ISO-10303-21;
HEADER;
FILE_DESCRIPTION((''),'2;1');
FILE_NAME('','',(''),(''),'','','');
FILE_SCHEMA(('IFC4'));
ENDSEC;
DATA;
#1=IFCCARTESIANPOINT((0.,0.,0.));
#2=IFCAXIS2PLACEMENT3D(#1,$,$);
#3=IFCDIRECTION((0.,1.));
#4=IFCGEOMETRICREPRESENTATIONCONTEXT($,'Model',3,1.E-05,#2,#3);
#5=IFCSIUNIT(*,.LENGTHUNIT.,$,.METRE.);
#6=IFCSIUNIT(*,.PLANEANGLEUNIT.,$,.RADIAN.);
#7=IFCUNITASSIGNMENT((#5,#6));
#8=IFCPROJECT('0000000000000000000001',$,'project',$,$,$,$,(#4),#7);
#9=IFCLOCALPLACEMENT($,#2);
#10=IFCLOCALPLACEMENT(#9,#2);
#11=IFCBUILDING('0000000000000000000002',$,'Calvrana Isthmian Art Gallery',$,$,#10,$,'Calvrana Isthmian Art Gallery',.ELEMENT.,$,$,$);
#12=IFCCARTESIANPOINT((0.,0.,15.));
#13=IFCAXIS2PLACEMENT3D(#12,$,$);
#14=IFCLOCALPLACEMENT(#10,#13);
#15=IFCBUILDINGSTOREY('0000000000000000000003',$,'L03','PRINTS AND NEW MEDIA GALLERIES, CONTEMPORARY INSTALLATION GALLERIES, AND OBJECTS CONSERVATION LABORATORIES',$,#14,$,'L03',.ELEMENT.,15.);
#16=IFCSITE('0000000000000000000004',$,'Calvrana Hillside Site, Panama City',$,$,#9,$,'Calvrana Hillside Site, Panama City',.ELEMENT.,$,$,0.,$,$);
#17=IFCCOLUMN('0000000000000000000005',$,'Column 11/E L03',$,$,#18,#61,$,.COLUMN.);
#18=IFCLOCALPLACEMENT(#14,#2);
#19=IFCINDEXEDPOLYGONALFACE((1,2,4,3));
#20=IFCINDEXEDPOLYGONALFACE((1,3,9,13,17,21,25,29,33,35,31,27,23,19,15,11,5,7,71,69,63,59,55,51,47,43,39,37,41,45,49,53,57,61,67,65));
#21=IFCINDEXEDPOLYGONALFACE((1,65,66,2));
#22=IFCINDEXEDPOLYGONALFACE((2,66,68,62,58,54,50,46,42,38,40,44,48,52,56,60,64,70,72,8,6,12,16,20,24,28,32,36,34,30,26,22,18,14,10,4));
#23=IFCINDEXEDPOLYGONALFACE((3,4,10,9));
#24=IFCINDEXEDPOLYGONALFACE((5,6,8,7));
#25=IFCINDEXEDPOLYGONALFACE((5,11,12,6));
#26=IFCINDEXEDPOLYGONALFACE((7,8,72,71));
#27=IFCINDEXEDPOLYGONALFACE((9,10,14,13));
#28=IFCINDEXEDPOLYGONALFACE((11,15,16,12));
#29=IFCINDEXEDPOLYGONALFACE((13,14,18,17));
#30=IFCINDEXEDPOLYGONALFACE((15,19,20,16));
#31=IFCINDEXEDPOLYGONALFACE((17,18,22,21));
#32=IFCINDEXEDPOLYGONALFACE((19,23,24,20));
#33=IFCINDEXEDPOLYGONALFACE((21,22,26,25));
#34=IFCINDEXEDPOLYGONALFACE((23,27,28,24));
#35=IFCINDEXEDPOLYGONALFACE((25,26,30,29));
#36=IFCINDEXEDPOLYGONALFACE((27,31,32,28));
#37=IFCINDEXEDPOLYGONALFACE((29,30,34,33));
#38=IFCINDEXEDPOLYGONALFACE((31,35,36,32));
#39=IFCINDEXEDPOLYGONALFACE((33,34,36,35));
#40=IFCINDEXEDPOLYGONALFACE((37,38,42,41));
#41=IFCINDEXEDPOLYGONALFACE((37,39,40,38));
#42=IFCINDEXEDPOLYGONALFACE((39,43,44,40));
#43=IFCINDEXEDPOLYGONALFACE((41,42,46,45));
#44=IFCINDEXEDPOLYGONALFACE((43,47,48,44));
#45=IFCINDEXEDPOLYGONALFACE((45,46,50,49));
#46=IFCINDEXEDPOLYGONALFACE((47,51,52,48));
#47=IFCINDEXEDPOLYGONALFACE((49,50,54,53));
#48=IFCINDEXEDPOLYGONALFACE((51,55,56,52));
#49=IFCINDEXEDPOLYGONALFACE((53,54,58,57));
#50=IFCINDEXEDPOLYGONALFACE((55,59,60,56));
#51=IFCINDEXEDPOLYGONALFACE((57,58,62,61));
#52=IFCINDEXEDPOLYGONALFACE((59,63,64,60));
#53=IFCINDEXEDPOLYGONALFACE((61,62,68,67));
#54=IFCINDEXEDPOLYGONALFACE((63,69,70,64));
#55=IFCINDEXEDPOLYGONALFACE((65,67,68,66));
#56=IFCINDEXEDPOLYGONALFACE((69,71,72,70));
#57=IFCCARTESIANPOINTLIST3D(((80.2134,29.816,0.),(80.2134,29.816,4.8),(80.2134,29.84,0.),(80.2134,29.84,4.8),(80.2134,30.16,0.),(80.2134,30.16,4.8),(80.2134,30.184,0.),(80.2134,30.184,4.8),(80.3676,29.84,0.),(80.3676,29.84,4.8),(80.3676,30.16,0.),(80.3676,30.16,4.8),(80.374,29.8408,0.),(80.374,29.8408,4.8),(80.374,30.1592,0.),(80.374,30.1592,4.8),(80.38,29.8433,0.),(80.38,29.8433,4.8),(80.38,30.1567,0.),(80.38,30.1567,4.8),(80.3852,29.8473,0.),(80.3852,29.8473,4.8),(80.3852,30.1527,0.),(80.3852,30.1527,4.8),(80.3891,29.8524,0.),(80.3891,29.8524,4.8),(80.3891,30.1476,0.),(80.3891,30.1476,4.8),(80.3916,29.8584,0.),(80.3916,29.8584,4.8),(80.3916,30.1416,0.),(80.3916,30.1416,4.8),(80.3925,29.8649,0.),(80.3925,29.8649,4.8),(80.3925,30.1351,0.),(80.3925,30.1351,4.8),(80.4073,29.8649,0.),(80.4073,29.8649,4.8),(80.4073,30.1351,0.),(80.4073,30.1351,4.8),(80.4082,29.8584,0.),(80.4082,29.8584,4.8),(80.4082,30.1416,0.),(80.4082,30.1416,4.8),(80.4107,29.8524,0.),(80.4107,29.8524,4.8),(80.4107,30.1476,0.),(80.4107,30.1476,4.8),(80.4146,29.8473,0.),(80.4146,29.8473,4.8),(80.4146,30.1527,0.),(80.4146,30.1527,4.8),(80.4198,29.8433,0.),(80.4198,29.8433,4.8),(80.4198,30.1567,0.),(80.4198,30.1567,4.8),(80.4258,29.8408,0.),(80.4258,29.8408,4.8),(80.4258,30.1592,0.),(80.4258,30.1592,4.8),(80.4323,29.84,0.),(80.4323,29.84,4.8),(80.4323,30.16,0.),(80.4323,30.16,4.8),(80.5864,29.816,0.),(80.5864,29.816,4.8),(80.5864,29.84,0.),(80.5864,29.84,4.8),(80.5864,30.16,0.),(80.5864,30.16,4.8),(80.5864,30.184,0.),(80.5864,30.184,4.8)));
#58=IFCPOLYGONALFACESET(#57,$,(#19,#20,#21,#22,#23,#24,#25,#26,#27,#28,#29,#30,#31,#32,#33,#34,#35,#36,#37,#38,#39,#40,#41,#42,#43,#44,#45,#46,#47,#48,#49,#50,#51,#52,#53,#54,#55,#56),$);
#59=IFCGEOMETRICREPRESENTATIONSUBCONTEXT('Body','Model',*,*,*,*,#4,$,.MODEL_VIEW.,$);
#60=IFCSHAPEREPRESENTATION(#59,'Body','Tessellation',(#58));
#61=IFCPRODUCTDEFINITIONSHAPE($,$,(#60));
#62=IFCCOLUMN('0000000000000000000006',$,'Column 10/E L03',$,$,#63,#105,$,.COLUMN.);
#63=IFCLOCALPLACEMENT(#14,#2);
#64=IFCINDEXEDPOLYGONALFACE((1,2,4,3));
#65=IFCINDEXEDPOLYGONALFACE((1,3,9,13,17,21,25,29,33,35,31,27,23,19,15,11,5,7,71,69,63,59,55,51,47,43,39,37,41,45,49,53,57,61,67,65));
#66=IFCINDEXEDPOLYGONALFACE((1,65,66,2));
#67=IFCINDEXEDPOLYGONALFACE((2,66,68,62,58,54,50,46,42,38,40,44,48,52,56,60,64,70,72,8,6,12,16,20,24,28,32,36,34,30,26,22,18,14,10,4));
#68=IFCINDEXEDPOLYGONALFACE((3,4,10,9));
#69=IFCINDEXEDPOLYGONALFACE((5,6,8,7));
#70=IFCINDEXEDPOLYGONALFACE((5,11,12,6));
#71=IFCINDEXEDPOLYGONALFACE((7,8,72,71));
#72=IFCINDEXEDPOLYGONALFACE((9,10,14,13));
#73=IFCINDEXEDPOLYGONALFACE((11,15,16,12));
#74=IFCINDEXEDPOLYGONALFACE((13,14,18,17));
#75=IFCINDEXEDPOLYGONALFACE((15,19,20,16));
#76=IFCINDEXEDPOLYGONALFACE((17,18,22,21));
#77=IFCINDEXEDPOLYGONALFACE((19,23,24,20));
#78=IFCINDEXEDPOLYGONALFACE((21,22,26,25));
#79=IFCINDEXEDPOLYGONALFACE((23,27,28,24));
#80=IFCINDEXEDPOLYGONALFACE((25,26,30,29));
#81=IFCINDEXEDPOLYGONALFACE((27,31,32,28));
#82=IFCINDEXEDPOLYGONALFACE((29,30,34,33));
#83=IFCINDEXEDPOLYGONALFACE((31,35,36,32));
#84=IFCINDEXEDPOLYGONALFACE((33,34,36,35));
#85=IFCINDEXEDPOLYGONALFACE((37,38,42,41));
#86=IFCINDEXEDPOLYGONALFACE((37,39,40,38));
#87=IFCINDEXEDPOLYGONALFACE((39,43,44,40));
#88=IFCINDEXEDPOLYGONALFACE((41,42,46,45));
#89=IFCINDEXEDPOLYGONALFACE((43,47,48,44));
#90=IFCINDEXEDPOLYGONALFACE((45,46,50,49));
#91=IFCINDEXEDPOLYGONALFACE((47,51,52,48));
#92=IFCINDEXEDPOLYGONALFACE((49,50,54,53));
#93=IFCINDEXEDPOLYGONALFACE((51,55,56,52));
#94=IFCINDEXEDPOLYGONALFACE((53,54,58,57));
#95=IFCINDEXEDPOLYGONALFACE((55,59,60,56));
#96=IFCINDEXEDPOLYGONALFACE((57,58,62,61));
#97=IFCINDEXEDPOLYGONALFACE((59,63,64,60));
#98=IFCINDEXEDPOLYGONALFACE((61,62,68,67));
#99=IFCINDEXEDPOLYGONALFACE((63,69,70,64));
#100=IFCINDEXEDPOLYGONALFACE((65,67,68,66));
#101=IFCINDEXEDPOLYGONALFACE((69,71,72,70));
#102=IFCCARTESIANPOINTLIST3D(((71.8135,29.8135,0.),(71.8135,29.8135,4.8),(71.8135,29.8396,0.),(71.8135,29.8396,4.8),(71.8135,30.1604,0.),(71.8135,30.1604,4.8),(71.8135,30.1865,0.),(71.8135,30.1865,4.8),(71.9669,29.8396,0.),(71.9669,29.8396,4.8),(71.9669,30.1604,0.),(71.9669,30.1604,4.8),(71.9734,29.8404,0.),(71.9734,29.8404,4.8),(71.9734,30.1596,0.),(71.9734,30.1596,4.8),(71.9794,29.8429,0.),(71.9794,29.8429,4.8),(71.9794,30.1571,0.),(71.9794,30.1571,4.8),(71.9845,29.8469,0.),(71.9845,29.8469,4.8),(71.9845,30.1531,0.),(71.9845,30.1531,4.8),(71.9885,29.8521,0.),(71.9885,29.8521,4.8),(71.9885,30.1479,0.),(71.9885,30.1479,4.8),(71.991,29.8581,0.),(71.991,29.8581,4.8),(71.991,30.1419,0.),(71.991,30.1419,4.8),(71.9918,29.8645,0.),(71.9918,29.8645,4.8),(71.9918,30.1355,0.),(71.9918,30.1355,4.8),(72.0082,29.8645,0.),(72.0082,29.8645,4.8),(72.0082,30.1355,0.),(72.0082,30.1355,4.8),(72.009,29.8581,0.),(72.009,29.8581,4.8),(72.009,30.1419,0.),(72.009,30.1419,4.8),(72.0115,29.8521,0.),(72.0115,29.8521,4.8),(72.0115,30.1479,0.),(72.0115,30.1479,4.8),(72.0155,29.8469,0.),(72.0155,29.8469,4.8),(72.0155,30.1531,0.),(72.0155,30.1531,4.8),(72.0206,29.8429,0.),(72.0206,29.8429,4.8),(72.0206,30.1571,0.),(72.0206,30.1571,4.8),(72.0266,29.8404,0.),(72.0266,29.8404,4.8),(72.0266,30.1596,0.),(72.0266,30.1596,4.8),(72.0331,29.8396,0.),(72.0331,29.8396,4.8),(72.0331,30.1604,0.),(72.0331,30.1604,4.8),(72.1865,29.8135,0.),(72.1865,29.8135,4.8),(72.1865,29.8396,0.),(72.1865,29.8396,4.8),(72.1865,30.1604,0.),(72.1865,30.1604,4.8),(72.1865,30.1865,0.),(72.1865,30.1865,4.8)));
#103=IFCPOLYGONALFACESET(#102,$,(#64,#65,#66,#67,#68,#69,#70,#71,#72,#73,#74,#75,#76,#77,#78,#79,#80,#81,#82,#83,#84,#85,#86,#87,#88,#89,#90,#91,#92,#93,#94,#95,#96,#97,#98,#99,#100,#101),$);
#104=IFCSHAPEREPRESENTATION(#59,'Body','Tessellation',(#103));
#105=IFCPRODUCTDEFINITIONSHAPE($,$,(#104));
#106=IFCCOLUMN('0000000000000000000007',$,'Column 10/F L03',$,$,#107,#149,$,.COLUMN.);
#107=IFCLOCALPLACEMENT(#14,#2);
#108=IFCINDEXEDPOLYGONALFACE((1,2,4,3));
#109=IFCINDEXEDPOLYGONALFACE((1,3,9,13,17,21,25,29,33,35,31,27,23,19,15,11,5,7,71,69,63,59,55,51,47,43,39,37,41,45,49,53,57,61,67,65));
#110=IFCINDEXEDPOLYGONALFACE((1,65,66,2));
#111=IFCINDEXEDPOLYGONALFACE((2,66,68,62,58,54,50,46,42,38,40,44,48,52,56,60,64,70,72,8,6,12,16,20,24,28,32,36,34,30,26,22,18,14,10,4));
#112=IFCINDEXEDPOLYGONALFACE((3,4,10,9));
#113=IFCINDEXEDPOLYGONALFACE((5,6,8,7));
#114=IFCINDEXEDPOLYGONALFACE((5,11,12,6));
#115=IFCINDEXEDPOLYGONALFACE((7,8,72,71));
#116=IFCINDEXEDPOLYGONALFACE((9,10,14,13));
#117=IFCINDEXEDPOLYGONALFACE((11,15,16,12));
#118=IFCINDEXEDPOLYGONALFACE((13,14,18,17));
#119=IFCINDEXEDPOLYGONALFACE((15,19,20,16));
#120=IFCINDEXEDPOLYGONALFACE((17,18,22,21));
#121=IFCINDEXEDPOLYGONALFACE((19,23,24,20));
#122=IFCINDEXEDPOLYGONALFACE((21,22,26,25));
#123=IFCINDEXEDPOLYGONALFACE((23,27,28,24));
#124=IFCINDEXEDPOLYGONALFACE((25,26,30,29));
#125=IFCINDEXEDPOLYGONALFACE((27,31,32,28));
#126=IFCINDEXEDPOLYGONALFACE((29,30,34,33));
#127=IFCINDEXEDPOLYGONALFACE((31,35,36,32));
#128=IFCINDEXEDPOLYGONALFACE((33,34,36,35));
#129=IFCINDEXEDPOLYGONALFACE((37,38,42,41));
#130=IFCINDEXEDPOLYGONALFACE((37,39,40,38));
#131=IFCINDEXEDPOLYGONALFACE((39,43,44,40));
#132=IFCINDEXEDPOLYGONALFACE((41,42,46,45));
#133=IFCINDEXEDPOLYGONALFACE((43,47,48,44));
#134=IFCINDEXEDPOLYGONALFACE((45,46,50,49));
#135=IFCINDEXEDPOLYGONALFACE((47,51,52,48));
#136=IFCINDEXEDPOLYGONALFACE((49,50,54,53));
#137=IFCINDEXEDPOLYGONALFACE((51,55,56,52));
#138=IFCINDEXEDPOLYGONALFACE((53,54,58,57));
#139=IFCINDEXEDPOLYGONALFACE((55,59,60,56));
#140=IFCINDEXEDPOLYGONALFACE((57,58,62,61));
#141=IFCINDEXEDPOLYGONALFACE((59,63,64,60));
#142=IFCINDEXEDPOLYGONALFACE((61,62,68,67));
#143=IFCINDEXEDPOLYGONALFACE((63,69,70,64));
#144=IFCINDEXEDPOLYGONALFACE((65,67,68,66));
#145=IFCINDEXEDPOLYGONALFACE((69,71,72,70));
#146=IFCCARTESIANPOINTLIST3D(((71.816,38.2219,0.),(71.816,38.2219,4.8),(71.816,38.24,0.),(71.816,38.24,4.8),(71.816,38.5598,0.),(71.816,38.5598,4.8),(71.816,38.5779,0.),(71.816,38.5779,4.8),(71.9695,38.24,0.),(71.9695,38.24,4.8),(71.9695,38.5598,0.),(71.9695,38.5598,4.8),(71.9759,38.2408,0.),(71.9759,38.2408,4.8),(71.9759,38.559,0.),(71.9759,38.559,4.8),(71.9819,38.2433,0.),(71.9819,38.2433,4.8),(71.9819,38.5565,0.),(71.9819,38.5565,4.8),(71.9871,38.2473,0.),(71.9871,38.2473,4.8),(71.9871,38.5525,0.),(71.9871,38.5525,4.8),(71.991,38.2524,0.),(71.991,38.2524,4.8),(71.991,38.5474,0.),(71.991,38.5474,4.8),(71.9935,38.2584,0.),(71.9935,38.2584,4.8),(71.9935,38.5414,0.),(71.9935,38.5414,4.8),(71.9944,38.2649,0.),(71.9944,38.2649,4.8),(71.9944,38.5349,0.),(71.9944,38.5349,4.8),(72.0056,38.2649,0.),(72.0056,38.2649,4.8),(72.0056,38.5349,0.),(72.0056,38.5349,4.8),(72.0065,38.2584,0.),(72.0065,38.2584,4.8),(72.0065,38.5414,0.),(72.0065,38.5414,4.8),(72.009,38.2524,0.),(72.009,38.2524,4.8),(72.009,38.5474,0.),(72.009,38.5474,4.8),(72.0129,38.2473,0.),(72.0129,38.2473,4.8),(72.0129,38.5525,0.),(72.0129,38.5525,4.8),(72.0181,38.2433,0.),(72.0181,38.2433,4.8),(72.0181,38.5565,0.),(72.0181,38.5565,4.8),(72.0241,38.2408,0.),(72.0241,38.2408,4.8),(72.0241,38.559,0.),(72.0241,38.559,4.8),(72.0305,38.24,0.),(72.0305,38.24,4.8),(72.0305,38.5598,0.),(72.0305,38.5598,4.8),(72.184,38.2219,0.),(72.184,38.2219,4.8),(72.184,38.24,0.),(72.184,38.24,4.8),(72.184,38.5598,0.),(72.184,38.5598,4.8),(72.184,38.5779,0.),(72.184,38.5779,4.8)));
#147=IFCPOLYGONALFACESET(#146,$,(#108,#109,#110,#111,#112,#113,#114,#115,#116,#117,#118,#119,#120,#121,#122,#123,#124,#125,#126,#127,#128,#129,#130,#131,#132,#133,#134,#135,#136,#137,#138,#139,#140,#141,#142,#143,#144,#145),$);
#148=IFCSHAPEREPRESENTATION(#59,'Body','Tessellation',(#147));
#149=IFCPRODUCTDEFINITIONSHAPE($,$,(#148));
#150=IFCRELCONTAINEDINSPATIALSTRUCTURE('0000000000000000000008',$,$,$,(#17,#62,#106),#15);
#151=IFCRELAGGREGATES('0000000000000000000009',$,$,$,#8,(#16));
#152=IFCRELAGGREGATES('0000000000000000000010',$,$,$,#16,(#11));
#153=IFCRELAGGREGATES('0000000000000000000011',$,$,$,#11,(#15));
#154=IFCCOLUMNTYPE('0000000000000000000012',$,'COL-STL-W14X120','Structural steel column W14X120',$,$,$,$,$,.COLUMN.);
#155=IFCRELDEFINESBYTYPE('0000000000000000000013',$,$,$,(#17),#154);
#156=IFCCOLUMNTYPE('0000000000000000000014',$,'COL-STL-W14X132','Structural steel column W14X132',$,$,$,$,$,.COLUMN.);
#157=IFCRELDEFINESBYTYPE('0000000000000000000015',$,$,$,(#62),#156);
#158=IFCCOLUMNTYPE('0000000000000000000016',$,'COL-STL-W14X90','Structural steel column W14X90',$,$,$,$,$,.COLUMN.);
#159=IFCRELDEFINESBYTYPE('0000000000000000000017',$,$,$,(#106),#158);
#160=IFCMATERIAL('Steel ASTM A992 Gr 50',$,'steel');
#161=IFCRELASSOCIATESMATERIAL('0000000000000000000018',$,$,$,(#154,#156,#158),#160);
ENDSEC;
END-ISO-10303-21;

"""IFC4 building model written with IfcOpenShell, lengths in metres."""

from ifc_helpers import new_model, si_unit, direction, frame, origin, origin_2d, place, context, subcontext, project, spatial, i_section, extrude, material, material_profile, profile_set, type_object, element, save


model = new_model("IFC4")

# Units and contexts
model_context = context("Model", 3, precision=1e-05, world=origin(), true_north=direction((0.0, 1.0)))
body_context = subcontext(model_context, "Body", "Model", "MODEL_VIEW")
ifc_project = project(units=[si_unit("LENGTHUNIT", "METRE"), si_unit("PLANEANGLEUNIT", "RADIAN")], contexts=[model_context])

# Site, building, storey
site_placement = place(None, origin())
site = spatial("IfcSite", under=ifc_project, at=site_placement, Name="Calvrana Hillside Site, Panama City", LongName="Calvrana Hillside Site, Panama City", CompositionType="ELEMENT", RefElevation=0.0)
building_placement = place(site_placement, origin())
building = spatial("IfcBuilding", under=site, at=building_placement, Name="Calvrana Isthmian Art Gallery", LongName="Calvrana Isthmian Art Gallery", CompositionType="ELEMENT")
storey_placement = place(building_placement, frame((0.0, 0.0, 15.0)))
storey = spatial("IfcBuildingStorey", under=building, at=storey_placement, Name="L03", Description="PRINTS AND NEW MEDIA GALLERIES, CONTEMPORARY INSTALLATION GALLERIES, AND OBJECTS CONSERVATION LABORATORIES", LongName="L03", CompositionType="ELEMENT", Elevation=15.0)

# Columns
ifc_material_1 = material(Name="Steel ASTM A992 Gr 50", Category="steel")
ifc_material_profile_1 = material_profile(ifc_material_1, i_section(OverallWidth=0.373, OverallDepth=0.3679, WebThickness=0.0149, FlangeThickness=0.0239, FilletRadius=0.0249, at=origin_2d()), Name="W14X120")
ifc_profile_set_1 = profile_set([ifc_material_profile_1], Name="Steel ASTM A992 Gr 50")
column_type_1 = type_object("IfcColumnType", Name="COL-STL-W14X120", Description="Structural steel column W14X120", PredefinedType="COLUMN", material=ifc_profile_set_1)
column_1_placement = place(storey_placement, frame((80.3999, 30.0, 0.0), z_axis=(0.0, 0.0, 1.0), x_axis=(1.0, 0.0, 0.0)))
element("IfcColumn", 1, at=column_1_placement, inside=storey, type_object=column_type_1, Name="Column 11/E L03", PredefinedType="COLUMN", context=body_context, shape_type="SweptSolid", body=[
    extrude(i_section(OverallWidth=0.373, OverallDepth=0.3679, WebThickness=0.0149, FlangeThickness=0.0239, FilletRadius=0.0249, at=origin_2d()), origin(), (0.0, 0.0, 1.0), 4.8),
])
ifc_material_profile_2 = material_profile(ifc_material_1, i_section(OverallWidth=0.373, OverallDepth=0.373, WebThickness=0.0164, FlangeThickness=0.0261, FilletRadius=0.0249, at=origin_2d()), Name="W14X132")
ifc_profile_set_2 = profile_set([ifc_material_profile_2], Name="Steel ASTM A992 Gr 50")
column_type_2 = type_object("IfcColumnType", Name="COL-STL-W14X132", Description="Structural steel column W14X132", PredefinedType="COLUMN", material=ifc_profile_set_2)
column_2_placement = place(storey_placement, frame((72.0, 30.0, 0.0), z_axis=(0.0, 0.0, 1.0), x_axis=(1.0, 0.0, 0.0)))
element("IfcColumn", 2, at=column_2_placement, inside=storey, type_object=column_type_2, Name="Column 10/E L03", PredefinedType="COLUMN", context=body_context, shape_type="SweptSolid", body=[
    extrude(i_section(OverallWidth=0.373, OverallDepth=0.373, WebThickness=0.0164, FlangeThickness=0.0261, FilletRadius=0.0249, at=origin_2d()), origin(), (0.0, 0.0, 1.0), 4.8),
])
ifc_material_profile_3 = material_profile(ifc_material_1, i_section(OverallWidth=0.3679, OverallDepth=0.356, WebThickness=0.0112, FlangeThickness=0.0181, FilletRadius=0.0249, at=origin_2d()), Name="W14X90")
ifc_profile_set_3 = profile_set([ifc_material_profile_3], Name="Steel ASTM A992 Gr 50")
column_type_3 = type_object("IfcColumnType", Name="COL-STL-W14X90", Description="Structural steel column W14X90", PredefinedType="COLUMN", material=ifc_profile_set_3)
column_3_placement = place(storey_placement, frame((72.0, 38.3999, 0.0), z_axis=(0.0, 0.0, 1.0), x_axis=(1.0, 0.0, 0.0)))
element("IfcColumn", 3, at=column_3_placement, inside=storey, type_object=column_type_3, Name="Column 10/F L03", PredefinedType="COLUMN", context=body_context, shape_type="SweptSolid", body=[
    extrude(i_section(OverallWidth=0.3679, OverallDepth=0.356, WebThickness=0.0112, FlangeThickness=0.0181, FilletRadius=0.0249, at=origin_2d()), origin(), (0.0, 0.0, 1.0), 4.8),
])

save(model, "model.ifc")
